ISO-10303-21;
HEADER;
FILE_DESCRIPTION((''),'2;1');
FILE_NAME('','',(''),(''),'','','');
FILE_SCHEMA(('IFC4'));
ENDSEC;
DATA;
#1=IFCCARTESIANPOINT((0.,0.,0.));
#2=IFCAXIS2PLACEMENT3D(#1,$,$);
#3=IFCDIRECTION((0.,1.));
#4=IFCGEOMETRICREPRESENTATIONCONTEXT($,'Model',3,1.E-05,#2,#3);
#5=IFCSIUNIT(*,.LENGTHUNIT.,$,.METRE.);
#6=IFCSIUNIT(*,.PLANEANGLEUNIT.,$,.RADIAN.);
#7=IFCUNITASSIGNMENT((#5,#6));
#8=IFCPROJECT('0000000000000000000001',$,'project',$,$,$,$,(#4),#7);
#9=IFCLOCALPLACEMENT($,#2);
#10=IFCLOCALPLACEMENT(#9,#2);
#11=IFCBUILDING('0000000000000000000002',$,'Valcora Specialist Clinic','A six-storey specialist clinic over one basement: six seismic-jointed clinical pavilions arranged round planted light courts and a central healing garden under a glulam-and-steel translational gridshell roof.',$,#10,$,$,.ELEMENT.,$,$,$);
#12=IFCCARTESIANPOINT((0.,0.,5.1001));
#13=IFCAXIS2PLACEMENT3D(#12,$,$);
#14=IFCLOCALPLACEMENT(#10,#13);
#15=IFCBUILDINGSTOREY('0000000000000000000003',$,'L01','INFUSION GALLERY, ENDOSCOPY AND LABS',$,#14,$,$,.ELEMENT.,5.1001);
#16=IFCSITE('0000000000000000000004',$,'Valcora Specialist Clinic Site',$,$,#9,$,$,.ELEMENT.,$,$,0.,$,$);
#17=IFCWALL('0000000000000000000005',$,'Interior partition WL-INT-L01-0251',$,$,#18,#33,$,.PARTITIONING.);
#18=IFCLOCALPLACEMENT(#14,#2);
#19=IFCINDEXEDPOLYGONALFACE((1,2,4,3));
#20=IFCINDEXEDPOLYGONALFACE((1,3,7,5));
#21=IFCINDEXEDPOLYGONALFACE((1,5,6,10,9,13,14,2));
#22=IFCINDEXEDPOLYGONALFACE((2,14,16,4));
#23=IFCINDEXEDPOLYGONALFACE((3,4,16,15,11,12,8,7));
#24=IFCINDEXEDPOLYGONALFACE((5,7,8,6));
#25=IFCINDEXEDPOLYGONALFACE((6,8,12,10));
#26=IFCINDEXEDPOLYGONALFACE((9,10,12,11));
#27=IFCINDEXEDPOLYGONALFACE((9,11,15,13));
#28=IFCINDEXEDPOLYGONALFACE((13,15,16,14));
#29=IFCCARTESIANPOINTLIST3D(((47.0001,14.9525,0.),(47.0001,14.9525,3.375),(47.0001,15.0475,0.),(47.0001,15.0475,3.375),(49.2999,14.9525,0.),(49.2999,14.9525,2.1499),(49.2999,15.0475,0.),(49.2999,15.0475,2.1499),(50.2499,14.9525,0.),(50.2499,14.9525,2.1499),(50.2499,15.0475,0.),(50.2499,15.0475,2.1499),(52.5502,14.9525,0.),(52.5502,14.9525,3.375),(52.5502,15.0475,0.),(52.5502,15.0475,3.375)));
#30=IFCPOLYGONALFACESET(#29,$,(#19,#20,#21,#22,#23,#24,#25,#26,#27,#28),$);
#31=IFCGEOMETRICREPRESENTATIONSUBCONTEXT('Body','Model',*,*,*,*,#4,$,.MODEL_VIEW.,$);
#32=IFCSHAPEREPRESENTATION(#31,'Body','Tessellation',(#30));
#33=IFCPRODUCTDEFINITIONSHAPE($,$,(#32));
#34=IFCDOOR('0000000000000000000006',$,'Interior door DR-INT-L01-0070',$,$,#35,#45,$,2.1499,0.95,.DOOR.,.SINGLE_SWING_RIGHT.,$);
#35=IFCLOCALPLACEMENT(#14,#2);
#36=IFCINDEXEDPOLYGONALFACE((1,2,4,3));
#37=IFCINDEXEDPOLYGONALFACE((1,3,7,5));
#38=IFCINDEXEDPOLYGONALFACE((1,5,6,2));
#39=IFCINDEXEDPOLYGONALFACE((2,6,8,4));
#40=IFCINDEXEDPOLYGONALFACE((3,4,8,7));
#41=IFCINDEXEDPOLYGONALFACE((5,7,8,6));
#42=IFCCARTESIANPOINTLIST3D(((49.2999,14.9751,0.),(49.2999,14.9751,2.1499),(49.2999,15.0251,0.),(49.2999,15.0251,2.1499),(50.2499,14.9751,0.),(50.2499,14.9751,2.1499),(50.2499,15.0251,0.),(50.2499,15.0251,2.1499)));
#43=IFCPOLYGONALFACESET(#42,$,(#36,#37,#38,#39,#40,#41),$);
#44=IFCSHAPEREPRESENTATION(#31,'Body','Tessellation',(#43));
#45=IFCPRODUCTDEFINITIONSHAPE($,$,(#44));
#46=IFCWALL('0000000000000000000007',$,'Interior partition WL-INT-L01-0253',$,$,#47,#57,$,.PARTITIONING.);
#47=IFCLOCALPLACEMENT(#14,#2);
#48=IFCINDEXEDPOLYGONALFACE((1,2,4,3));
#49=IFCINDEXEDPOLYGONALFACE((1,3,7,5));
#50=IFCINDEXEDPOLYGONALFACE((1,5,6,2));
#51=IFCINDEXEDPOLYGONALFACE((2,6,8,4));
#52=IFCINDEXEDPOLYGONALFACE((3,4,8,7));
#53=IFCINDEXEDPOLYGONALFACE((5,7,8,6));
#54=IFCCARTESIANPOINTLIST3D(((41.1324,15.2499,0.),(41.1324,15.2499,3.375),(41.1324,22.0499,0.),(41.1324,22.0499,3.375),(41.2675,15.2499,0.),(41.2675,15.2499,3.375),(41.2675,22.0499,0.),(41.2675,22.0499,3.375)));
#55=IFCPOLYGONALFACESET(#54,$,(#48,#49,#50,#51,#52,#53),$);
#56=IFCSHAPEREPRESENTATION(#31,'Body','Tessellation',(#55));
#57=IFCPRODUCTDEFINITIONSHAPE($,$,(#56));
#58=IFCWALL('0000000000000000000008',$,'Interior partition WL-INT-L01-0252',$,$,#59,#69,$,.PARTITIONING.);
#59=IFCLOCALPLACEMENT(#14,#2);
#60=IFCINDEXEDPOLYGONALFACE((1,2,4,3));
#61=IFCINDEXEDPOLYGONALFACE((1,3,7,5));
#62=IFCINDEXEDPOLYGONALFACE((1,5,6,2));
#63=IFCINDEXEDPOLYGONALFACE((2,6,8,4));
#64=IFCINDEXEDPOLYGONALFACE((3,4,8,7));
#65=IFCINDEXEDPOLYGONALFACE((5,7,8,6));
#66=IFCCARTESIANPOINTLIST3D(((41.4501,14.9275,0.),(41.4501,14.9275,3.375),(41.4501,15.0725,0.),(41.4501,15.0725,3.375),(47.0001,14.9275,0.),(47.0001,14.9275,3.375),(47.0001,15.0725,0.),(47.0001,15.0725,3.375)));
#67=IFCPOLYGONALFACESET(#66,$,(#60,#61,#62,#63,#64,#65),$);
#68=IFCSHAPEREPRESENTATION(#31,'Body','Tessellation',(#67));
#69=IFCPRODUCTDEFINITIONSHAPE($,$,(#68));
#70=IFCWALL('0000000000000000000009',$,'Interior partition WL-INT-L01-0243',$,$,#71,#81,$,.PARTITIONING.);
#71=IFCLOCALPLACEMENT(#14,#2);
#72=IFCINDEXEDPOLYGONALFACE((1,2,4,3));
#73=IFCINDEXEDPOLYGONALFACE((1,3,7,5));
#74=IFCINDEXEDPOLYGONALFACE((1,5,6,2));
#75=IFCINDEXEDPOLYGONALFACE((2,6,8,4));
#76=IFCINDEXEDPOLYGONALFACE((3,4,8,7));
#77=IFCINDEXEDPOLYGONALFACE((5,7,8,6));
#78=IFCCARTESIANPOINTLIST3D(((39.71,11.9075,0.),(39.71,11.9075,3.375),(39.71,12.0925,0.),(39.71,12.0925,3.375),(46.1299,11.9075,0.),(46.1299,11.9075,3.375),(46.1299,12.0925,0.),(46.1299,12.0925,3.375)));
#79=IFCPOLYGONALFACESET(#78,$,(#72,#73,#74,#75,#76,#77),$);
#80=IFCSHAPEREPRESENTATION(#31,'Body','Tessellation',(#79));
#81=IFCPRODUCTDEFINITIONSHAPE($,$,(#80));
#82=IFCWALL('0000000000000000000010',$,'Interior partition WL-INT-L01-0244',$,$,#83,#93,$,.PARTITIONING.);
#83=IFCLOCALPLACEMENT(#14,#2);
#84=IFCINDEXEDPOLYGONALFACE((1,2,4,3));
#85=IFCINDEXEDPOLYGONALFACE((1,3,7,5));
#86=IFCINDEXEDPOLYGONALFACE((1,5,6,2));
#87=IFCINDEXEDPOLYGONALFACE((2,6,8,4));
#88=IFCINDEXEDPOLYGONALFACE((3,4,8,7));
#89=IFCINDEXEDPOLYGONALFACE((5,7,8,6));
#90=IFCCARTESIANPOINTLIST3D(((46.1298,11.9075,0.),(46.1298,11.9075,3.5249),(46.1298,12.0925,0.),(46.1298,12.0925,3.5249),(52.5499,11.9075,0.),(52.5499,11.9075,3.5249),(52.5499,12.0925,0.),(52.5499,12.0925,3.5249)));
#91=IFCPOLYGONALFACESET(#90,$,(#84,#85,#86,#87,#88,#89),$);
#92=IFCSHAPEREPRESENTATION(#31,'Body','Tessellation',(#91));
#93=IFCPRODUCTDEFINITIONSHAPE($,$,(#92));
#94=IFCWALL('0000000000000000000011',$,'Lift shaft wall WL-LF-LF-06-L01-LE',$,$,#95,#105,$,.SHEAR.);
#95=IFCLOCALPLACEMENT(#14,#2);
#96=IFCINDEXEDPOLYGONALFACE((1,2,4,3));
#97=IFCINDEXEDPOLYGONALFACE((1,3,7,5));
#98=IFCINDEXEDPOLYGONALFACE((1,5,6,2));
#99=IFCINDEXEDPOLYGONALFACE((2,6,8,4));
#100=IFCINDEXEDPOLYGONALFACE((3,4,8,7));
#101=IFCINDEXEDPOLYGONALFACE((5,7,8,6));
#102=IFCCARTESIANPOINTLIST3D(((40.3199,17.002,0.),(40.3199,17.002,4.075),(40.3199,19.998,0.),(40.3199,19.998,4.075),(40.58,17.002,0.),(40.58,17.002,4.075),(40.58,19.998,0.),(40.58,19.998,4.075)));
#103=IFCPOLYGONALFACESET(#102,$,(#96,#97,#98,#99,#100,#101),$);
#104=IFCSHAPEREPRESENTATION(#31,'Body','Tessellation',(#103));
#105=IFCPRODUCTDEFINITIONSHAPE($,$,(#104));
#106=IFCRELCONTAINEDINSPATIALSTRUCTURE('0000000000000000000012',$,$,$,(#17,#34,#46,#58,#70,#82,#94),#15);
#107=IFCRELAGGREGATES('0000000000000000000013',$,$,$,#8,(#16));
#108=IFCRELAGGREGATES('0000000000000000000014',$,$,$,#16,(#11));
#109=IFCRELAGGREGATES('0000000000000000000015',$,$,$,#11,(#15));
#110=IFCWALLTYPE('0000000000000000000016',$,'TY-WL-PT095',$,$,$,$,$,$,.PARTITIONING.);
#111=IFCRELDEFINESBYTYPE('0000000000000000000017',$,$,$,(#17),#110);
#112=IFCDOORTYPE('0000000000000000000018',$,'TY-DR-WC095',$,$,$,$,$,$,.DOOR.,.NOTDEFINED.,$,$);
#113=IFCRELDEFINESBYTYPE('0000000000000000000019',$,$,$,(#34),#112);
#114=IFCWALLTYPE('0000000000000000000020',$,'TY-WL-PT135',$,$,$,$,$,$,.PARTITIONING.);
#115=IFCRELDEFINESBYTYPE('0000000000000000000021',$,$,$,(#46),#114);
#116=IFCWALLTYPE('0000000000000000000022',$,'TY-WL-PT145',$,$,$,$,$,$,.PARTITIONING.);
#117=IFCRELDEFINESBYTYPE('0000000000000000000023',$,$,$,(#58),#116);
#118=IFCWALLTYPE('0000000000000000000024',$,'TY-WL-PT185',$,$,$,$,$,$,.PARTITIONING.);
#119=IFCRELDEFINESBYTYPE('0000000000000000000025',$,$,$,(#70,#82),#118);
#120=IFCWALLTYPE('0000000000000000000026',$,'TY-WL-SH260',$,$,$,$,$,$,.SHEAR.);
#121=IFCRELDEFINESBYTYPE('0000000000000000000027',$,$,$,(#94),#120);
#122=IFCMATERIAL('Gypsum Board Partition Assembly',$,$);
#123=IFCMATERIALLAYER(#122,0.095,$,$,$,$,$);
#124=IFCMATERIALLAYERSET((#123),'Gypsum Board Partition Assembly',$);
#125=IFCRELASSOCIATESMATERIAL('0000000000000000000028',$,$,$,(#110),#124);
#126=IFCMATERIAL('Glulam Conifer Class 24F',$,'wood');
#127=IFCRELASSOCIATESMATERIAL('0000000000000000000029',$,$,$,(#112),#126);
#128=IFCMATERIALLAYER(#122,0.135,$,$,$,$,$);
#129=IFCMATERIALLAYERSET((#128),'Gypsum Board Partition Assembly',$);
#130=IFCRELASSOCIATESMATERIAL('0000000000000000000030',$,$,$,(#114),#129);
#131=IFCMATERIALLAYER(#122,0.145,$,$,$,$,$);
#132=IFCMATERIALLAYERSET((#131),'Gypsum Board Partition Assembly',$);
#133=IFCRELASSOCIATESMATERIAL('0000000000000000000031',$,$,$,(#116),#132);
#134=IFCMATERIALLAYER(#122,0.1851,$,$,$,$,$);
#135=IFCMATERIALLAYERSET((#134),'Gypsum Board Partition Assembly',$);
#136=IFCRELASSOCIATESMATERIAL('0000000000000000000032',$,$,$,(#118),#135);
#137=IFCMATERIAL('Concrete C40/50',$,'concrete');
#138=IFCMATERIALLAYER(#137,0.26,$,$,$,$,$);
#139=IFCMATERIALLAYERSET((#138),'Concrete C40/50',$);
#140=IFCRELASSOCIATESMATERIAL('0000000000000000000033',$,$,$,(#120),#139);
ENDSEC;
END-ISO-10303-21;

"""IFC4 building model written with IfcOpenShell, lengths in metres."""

from ifc_helpers import new_model, si_unit, direction, frame, frame_2d, origin, place, context, subcontext, project, spatial, rectangle, extrude, material, layer, layer_set, type_object, element, fill, save


model = new_model("IFC4")

# Units and contexts
model_context = context("Model", 3, precision=1e-05, world=origin(), true_north=direction((0.0, 1.0)))
body_context = subcontext(model_context, "Body", "Model", "MODEL_VIEW")
ifc_project = project(units=[si_unit("LENGTHUNIT", "METRE"), si_unit("PLANEANGLEUNIT", "RADIAN")], contexts=[model_context])

# Site, building, storey
site_placement = place(None, origin())
site = spatial("IfcSite", under=ifc_project, at=site_placement, Name="Valcora Specialist Clinic Site", CompositionType="ELEMENT", RefElevation=0.0)
building_placement = place(site_placement, origin())
building = spatial("IfcBuilding", under=site, at=building_placement, Name="Valcora Specialist Clinic", Description="A six-storey specialist clinic over one basement: six seismic-jointed clinical pavilions arranged round planted light courts and a central healing garden under a glulam-and-steel translational gridshell roof.", CompositionType="ELEMENT")
storey_placement = place(building_placement, frame((0.0, 0.0, 5.1001)))
storey = spatial("IfcBuildingStorey", under=building, at=storey_placement, Name="L01", Description="INFUSION GALLERY, ENDOSCOPY AND LABS", CompositionType="ELEMENT", Elevation=5.1001)

# Shared definitions
ifc_material_1 = material(Name="Concrete C40/50", Category="concrete")

# Wall, opening, door
ifc_material_2 = material(Name="Gypsum Board Partition Assembly")
ifc_layer_1 = layer(ifc_material_2, 0.095)
ifc_layer_set_1 = layer_set([ifc_layer_1], Name="Gypsum Board Partition Assembly")
wall_type_1 = type_object("IfcWallType", Name="TY-WL-PT095", PredefinedType="PARTITIONING", material=ifc_layer_set_1)
wall_1_placement = place(storey_placement, frame((52.55, 15.0, 0.0), z_axis=(0.0, 0.0, 1.0), x_axis=(-1.0, 0.0, 0.0)))
wall_1 = element("IfcWall", 1, at=wall_1_placement, inside=storey, type_object=wall_type_1, Name="Interior partition WL-INT-L01-0251", PredefinedType="PARTITIONING", context=body_context, shape_type="SweptSolid", body=[
    extrude(rectangle(XDim=5.55, YDim=0.095, at=frame_2d((2.7749, 0.0))), origin(), (0.0, 0.0, 1.0), 3.375),
])
opening_1_placement = place(wall_1_placement, frame((2.3, 0.0, 0.0)))
opening_1 = element("IfcOpeningElement", 2, at=opening_1_placement, cuts=wall_1, PredefinedType="OPENING", context=body_context, shape_type="SweptSolid", body=[
    extrude(rectangle(XDim=0.95, YDim=2.1499, at=frame_2d((0.4751, 1.075))), frame((0.0, 0.0574, 0.0), z_axis=(0.0, -1.0, 0.0), x_axis=(1.0, 0.0, 0.0)), (0.0, 0.0, 1.0), 0.115),
])
ifc_material_3 = material(Name="Glulam Conifer Class 24F", Category="wood")
door_type = type_object("IfcDoorType", Name="TY-DR-WC095", OperationType="NOTDEFINED", PredefinedType="DOOR", material=ifc_material_3)
door_placement = place(opening_1_placement, origin())
door = element("IfcDoor", 3, at=door_placement, inside=storey, type_object=door_type, Name="Interior door DR-INT-L01-0070", OperationType="SINGLE_SWING_RIGHT", OverallHeight=2.1499, OverallWidth=0.95, PredefinedType="DOOR", context=body_context, shape_type="SweptSolid", body=[
    extrude(rectangle(XDim=0.95, YDim=2.1499, at=frame_2d((0.4751, 1.075))), frame((0.0, 0.0249, 0.0), z_axis=(0.0, -1.0, 0.0), x_axis=(1.0, 0.0, 0.0)), (0.0, 0.0, 1.0), 0.05),
])
fill(opening_1, door)

# Walls
ifc_layer_2 = layer(ifc_material_2, 0.135)
ifc_layer_set_2 = layer_set([ifc_layer_2], Name="Gypsum Board Partition Assembly")
wall_type_2 = type_object("IfcWallType", Name="TY-WL-PT135", PredefinedType="PARTITIONING", material=ifc_layer_set_2)
wall_2_placement = place(storey_placement, frame((41.2, 15.25, 0.0), z_axis=(0.0, 0.0, 1.0), x_axis=(0.0, 1.0, 0.0)))
element("IfcWall", 4, at=wall_2_placement, inside=storey, type_object=wall_type_2, Name="Interior partition WL-INT-L01-0253", PredefinedType="PARTITIONING", context=body_context, shape_type="SweptSolid", body=[
    extrude(rectangle(XDim=6.8, YDim=0.135, at=frame_2d((3.3999, 0.0))), origin(), (0.0, 0.0, 1.0), 3.375),
])
ifc_layer_3 = layer(ifc_material_2, 0.145)
ifc_layer_set_3 = layer_set([ifc_layer_3], Name="Gypsum Board Partition Assembly")
wall_type_3 = type_object("IfcWallType", Name="TY-WL-PT145", PredefinedType="PARTITIONING", material=ifc_layer_set_3)
wall_3_placement = place(storey_placement, frame((47.0, 15.0, 0.0), z_axis=(0.0, 0.0, 1.0), x_axis=(-1.0, 0.0, 0.0)))
element("IfcWall", 5, at=wall_3_placement, inside=storey, type_object=wall_type_3, Name="Interior partition WL-INT-L01-0252", PredefinedType="PARTITIONING", context=body_context, shape_type="SweptSolid", body=[
    extrude(rectangle(XDim=5.55, YDim=0.145, at=frame_2d((2.7749, 0.0))), origin(), (0.0, 0.0, 1.0), 3.375),
])
ifc_layer_4 = layer(ifc_material_2, 0.1851)
ifc_layer_set_4 = layer_set([ifc_layer_4], Name="Gypsum Board Partition Assembly")
wall_type_4 = type_object("IfcWallType", Name="TY-WL-PT185", PredefinedType="PARTITIONING", material=ifc_layer_set_4)
wall_4_placement = place(storey_placement, frame((39.71, 12.0, 0.0), z_axis=(0.0, 0.0, 1.0), x_axis=(1.0, 0.0, 0.0)))
element("IfcWall", 6, at=wall_4_placement, inside=storey, type_object=wall_type_4, Name="Interior partition WL-INT-L01-0243", PredefinedType="PARTITIONING", context=body_context, shape_type="SweptSolid", body=[
    extrude(rectangle(XDim=6.4199, YDim=0.1851, at=frame_2d((3.21, 0.0))), origin(), (0.0, 0.0, 1.0), 3.375),
])
wall_5_placement = place(storey_placement, frame((46.1299, 12.0, 0.0), z_axis=(0.0, 0.0, 1.0), x_axis=(1.0, 0.0, 0.0)))
element("IfcWall", 7, at=wall_5_placement, inside=storey, type_object=wall_type_4, Name="Interior partition WL-INT-L01-0244", PredefinedType="PARTITIONING", context=body_context, shape_type="SweptSolid", body=[
    extrude(rectangle(XDim=6.4202, YDim=0.1851, at=frame_2d((3.21, 0.0))), origin(), (0.0, 0.0, 1.0), 3.5249),
])
ifc_layer_5 = layer(ifc_material_1, 0.26)
ifc_layer_set_5 = layer_set([ifc_layer_5], Name="Concrete C40/50")
wall_type_5 = type_object("IfcWallType", Name="TY-WL-SH260", PredefinedType="SHEAR", material=ifc_layer_set_5)
wall_6_placement = place(storey_placement, frame((40.45, 17.002, 0.0), z_axis=(0.0, 0.0, 1.0), x_axis=(0.0, 1.0, 0.0)))
element("IfcWall", 8, at=wall_6_placement, inside=storey, type_object=wall_type_5, Name="Lift shaft wall WL-LF-LF-06-L01-LE", PredefinedType="SHEAR", context=body_context, shape_type="SweptSolid", body=[
    extrude(rectangle(XDim=2.9961, YDim=0.26, at=frame_2d((1.498, 0.0))), origin(), (0.0, 0.0, 1.0), 4.075),
])

save(model, "model.ifc")
